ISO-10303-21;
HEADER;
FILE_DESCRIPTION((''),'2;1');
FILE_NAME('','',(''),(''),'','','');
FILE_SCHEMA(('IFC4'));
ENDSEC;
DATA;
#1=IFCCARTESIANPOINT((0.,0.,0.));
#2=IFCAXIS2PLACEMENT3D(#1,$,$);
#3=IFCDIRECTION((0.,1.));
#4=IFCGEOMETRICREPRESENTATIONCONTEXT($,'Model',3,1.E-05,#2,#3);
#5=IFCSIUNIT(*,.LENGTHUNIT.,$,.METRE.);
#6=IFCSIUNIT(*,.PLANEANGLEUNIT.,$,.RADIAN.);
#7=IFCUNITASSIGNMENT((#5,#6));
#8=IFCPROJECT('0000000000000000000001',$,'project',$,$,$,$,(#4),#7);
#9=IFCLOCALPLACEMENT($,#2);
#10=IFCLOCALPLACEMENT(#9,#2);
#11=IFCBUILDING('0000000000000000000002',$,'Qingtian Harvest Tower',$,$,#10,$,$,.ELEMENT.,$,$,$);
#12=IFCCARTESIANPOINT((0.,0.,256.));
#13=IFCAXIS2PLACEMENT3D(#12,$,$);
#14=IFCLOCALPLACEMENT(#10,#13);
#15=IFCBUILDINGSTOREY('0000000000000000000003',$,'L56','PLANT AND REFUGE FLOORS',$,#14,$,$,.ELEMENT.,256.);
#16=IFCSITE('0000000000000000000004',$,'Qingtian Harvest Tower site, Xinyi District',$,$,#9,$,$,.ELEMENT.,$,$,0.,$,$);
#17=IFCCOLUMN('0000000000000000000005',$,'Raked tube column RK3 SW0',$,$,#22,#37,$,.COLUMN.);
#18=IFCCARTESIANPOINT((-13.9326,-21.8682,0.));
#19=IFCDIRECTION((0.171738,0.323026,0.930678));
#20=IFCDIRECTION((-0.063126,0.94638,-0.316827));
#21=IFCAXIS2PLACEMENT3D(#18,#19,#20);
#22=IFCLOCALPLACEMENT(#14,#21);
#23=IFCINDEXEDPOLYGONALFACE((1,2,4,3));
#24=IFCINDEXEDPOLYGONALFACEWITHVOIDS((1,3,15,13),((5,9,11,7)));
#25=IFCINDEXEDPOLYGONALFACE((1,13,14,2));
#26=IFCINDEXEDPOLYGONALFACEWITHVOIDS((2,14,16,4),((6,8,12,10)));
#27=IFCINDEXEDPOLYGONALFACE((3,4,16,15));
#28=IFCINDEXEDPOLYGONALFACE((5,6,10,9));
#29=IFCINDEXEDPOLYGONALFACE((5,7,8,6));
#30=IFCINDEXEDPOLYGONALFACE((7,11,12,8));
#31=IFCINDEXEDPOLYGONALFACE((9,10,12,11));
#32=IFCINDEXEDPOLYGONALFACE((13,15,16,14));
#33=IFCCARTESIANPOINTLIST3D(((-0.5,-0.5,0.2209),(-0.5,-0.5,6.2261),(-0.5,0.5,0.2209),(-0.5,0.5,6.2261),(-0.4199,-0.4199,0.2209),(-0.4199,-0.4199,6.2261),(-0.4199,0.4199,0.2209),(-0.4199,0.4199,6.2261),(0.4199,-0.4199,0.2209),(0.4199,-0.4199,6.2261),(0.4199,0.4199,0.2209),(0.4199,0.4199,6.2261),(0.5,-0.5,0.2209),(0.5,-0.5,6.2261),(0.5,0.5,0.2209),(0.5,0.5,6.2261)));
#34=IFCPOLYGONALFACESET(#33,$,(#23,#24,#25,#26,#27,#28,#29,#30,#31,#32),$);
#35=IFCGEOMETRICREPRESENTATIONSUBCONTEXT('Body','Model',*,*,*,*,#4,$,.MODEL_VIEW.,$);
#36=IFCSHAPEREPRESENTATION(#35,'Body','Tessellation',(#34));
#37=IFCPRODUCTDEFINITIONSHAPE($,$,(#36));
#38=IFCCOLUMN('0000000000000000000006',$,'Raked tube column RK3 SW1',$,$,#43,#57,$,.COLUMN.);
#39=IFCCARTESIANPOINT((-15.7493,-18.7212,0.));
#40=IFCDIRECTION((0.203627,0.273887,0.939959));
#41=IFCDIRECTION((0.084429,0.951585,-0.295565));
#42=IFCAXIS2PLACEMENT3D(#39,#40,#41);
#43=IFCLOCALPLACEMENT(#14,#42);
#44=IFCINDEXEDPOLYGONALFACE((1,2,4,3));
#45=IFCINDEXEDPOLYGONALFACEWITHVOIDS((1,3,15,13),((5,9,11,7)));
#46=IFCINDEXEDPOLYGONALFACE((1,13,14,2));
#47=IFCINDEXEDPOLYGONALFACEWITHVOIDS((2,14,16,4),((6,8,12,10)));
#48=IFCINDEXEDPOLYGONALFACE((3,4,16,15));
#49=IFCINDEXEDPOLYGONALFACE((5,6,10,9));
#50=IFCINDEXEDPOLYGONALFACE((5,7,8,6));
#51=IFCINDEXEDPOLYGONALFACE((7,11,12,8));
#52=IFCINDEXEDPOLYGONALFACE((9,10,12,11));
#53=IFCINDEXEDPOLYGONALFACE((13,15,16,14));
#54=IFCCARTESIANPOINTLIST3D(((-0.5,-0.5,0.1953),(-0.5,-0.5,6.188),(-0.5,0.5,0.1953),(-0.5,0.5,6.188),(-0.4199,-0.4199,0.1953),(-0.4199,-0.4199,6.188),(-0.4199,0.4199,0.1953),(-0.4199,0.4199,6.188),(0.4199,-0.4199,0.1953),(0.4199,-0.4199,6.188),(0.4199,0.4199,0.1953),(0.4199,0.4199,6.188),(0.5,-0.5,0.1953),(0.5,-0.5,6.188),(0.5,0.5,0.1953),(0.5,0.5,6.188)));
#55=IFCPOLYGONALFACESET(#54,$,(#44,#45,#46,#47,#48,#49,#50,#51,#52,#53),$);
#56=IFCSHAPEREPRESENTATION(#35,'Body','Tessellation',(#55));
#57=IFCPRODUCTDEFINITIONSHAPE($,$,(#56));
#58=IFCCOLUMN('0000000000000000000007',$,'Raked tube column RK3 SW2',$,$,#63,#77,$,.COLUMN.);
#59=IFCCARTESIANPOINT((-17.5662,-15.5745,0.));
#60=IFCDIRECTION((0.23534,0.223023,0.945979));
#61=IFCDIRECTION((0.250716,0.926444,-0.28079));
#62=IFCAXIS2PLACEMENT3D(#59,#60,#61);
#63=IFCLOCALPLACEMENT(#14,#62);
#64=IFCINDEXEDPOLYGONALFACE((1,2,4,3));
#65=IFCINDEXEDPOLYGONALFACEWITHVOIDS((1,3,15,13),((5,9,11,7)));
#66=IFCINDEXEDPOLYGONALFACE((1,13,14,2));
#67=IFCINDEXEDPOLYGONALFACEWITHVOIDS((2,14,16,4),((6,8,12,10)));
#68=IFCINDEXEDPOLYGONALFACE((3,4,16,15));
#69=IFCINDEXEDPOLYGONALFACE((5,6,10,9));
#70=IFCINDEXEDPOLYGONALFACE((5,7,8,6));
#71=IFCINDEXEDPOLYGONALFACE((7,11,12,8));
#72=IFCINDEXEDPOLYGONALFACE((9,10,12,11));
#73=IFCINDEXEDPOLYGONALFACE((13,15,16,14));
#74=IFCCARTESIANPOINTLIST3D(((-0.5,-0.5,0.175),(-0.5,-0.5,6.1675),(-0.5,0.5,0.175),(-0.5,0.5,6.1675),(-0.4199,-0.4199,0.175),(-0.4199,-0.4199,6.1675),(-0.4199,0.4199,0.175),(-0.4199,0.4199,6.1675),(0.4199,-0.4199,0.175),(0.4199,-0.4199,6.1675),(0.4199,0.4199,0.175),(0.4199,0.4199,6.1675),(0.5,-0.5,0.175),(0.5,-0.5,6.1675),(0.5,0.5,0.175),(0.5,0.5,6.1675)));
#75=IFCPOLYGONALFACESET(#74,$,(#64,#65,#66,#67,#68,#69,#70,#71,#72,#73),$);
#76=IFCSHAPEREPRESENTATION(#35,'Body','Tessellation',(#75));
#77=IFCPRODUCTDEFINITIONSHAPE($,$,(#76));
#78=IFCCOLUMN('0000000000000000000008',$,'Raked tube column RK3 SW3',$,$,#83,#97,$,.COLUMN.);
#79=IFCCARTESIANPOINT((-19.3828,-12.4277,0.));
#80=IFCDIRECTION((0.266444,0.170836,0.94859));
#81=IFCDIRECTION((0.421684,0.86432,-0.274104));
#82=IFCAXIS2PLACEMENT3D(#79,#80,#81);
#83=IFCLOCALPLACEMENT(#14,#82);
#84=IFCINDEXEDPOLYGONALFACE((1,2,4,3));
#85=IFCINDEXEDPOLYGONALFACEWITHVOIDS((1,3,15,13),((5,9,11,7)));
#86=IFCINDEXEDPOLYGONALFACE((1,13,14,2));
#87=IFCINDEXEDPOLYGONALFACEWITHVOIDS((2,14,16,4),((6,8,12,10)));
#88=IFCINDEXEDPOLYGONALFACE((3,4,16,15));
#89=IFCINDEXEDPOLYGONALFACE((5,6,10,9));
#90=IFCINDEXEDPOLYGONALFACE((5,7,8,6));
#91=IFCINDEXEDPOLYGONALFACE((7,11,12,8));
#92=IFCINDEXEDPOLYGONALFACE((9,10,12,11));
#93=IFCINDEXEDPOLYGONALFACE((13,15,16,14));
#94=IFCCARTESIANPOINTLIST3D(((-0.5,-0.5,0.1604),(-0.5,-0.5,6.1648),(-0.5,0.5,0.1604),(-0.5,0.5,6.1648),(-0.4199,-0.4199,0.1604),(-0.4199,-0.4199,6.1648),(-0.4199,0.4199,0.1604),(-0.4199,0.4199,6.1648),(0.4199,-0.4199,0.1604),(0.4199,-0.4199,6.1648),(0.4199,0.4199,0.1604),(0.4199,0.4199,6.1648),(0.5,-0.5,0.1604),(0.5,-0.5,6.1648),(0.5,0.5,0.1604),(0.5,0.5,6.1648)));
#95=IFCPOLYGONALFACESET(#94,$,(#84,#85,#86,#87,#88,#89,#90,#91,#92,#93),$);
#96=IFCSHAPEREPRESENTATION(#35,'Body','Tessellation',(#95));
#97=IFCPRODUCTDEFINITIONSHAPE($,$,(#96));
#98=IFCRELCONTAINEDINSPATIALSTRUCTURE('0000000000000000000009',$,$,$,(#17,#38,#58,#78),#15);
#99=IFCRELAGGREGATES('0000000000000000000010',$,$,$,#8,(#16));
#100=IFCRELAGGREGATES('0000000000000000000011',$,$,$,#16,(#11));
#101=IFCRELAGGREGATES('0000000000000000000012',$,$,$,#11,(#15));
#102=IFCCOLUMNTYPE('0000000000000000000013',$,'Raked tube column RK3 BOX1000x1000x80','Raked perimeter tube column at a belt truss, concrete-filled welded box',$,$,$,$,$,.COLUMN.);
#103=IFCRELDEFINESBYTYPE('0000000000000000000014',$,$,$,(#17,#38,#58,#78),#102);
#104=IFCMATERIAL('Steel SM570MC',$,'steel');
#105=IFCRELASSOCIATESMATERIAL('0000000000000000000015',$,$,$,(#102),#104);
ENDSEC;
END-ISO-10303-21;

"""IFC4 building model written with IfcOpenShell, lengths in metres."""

from ifc_helpers import new_model, si_unit, direction, frame, origin, origin_2d, place, context, subcontext, project, spatial, hollow_rectangle, extrude, clip, halfspace, material, material_profile, profile_set, type_object, element, save


model = new_model("IFC4")

# Units and contexts
model_context = context("Model", 3, precision=1e-05, world=origin(), true_north=direction((0.0, 1.0)))
body_context = subcontext(model_context, "Body", "Model", "MODEL_VIEW")
ifc_project = project(units=[si_unit("LENGTHUNIT", "METRE"), si_unit("PLANEANGLEUNIT", "RADIAN")], contexts=[model_context])

# Site, building, storey
site_placement = place(None, origin())
site = spatial("IfcSite", under=ifc_project, at=site_placement, Name="Qingtian Harvest Tower site, Xinyi District", CompositionType="ELEMENT", RefElevation=0.0)
building_placement = place(site_placement, origin())
building = spatial("IfcBuilding", under=site, at=building_placement, Name="Qingtian Harvest Tower", CompositionType="ELEMENT")
storey_placement = place(building_placement, frame((0.0, 0.0, 256.0)))
storey = spatial("IfcBuildingStorey", under=building, at=storey_placement, Name="L56", Description="PLANT AND REFUGE FLOORS", CompositionType="ELEMENT", Elevation=256.0)

# Columns
ifc_material_1 = material(Name="Steel SM570MC", Category="steel")
ifc_material_profile_1 = material_profile(ifc_material_1, hollow_rectangle(XDim=1.0, YDim=1.0, WallThickness=0.0801, at=origin_2d()), Name="BOX1000x1000x80")
ifc_profile_set_1 = profile_set([ifc_material_profile_1], Name="Steel SM570MC")
column_type = type_object("IfcColumnType", Name="Raked tube column RK3 BOX1000x1000x80", Description="Raked perimeter tube column at a belt truss, concrete-filled welded box", PredefinedType="COLUMN", material=ifc_profile_set_1)
column_1_placement = place(storey_placement, frame((-13.9326, -21.8682, 0.0), z_axis=(0.171738, 0.323026, 0.930678), x_axis=(-0.063126, 0.94638, -0.316827)))
element("IfcColumn", 1, at=column_1_placement, inside=storey, type_object=column_type, Name="Raked tube column RK3 SW0", PredefinedType="COLUMN", context=body_context, shape_type="Clipping", body=[
    clip(clip(extrude(hollow_rectangle(XDim=1.0, YDim=1.0, WallThickness=0.0801, at=origin_2d()), origin(), (0.0, 0.0, 1.0), 6.447), halfspace(frame((0.0, 0.0, 0.2209), z_axis=(0.0, 0.0, -1.0), x_axis=(0.0, -1.0, 0.0)), False)), halfspace(frame((0.0, 0.0, 6.2261), z_axis=(0.0, 0.0, 1.0), x_axis=(0.0, 1.0, 0.0)), False)),
])
column_2_placement = place(storey_placement, frame((-15.7493, -18.7212, 0.0), z_axis=(0.203627, 0.273887, 0.939959), x_axis=(0.084429, 0.951585, -0.295565)))
element("IfcColumn", 2, at=column_2_placement, inside=storey, type_object=column_type, Name="Raked tube column RK3 SW1", PredefinedType="COLUMN", context=body_context, shape_type="Clipping", body=[
    clip(clip(extrude(hollow_rectangle(XDim=1.0, YDim=1.0, WallThickness=0.0801, at=origin_2d()), origin(), (0.0, 0.0, 1.0), 6.3833), halfspace(frame((0.0, 0.0, 0.1953), z_axis=(0.0, 0.0, -1.0), x_axis=(0.0, -1.0, 0.0)), False)), halfspace(frame((0.0, 0.0, 6.188), z_axis=(0.0, 0.0, 1.0), x_axis=(0.0, 1.0, 0.0)), False)),
])
column_3_placement = place(storey_placement, frame((-17.5662, -15.5745, 0.0), z_axis=(0.23534, 0.223023, 0.945979), x_axis=(0.250716, 0.926444, -0.28079)))
element("IfcColumn", 3, at=column_3_placement, inside=storey, type_object=column_type, Name="Raked tube column RK3 SW2", PredefinedType="COLUMN", context=body_context, shape_type="Clipping", body=[
    clip(clip(extrude(hollow_rectangle(XDim=1.0, YDim=1.0, WallThickness=0.0801, at=origin_2d()), origin(), (0.0, 0.0, 1.0), 6.3425), halfspace(frame((0.0, 0.0, 0.175), z_axis=(0.0, 0.0, -1.0), x_axis=(0.0, -1.0, 0.0)), False)), halfspace(frame((0.0, 0.0, 6.1675), z_axis=(0.0, 0.0, 1.0), x_axis=(0.0, 1.0, 0.0)), False)),
])
column_4_placement = place(storey_placement, frame((-19.3828, -12.4277, 0.0), z_axis=(0.266444, 0.170836, 0.94859), x_axis=(0.421684, 0.86432, -0.274104)))
element("IfcColumn", 4, at=column_4_placement, inside=storey, type_object=column_type, Name="Raked tube column RK3 SW3", PredefinedType="COLUMN", context=body_context, shape_type="Clipping", body=[
    clip(clip(extrude(hollow_rectangle(XDim=1.0, YDim=1.0, WallThickness=0.0801, at=origin_2d()), origin(), (0.0, 0.0, 1.0), 6.3252), halfspace(frame((0.0, 0.0, 0.1604), z_axis=(0.0, 0.0, -1.0), x_axis=(0.0, -1.0, 0.0)), False)), halfspace(frame((0.0, 0.0, 6.1648), z_axis=(0.0, 0.0, 1.0), x_axis=(0.0, 1.0, 0.0)), False)),
])

save(model, "model.ifc")
